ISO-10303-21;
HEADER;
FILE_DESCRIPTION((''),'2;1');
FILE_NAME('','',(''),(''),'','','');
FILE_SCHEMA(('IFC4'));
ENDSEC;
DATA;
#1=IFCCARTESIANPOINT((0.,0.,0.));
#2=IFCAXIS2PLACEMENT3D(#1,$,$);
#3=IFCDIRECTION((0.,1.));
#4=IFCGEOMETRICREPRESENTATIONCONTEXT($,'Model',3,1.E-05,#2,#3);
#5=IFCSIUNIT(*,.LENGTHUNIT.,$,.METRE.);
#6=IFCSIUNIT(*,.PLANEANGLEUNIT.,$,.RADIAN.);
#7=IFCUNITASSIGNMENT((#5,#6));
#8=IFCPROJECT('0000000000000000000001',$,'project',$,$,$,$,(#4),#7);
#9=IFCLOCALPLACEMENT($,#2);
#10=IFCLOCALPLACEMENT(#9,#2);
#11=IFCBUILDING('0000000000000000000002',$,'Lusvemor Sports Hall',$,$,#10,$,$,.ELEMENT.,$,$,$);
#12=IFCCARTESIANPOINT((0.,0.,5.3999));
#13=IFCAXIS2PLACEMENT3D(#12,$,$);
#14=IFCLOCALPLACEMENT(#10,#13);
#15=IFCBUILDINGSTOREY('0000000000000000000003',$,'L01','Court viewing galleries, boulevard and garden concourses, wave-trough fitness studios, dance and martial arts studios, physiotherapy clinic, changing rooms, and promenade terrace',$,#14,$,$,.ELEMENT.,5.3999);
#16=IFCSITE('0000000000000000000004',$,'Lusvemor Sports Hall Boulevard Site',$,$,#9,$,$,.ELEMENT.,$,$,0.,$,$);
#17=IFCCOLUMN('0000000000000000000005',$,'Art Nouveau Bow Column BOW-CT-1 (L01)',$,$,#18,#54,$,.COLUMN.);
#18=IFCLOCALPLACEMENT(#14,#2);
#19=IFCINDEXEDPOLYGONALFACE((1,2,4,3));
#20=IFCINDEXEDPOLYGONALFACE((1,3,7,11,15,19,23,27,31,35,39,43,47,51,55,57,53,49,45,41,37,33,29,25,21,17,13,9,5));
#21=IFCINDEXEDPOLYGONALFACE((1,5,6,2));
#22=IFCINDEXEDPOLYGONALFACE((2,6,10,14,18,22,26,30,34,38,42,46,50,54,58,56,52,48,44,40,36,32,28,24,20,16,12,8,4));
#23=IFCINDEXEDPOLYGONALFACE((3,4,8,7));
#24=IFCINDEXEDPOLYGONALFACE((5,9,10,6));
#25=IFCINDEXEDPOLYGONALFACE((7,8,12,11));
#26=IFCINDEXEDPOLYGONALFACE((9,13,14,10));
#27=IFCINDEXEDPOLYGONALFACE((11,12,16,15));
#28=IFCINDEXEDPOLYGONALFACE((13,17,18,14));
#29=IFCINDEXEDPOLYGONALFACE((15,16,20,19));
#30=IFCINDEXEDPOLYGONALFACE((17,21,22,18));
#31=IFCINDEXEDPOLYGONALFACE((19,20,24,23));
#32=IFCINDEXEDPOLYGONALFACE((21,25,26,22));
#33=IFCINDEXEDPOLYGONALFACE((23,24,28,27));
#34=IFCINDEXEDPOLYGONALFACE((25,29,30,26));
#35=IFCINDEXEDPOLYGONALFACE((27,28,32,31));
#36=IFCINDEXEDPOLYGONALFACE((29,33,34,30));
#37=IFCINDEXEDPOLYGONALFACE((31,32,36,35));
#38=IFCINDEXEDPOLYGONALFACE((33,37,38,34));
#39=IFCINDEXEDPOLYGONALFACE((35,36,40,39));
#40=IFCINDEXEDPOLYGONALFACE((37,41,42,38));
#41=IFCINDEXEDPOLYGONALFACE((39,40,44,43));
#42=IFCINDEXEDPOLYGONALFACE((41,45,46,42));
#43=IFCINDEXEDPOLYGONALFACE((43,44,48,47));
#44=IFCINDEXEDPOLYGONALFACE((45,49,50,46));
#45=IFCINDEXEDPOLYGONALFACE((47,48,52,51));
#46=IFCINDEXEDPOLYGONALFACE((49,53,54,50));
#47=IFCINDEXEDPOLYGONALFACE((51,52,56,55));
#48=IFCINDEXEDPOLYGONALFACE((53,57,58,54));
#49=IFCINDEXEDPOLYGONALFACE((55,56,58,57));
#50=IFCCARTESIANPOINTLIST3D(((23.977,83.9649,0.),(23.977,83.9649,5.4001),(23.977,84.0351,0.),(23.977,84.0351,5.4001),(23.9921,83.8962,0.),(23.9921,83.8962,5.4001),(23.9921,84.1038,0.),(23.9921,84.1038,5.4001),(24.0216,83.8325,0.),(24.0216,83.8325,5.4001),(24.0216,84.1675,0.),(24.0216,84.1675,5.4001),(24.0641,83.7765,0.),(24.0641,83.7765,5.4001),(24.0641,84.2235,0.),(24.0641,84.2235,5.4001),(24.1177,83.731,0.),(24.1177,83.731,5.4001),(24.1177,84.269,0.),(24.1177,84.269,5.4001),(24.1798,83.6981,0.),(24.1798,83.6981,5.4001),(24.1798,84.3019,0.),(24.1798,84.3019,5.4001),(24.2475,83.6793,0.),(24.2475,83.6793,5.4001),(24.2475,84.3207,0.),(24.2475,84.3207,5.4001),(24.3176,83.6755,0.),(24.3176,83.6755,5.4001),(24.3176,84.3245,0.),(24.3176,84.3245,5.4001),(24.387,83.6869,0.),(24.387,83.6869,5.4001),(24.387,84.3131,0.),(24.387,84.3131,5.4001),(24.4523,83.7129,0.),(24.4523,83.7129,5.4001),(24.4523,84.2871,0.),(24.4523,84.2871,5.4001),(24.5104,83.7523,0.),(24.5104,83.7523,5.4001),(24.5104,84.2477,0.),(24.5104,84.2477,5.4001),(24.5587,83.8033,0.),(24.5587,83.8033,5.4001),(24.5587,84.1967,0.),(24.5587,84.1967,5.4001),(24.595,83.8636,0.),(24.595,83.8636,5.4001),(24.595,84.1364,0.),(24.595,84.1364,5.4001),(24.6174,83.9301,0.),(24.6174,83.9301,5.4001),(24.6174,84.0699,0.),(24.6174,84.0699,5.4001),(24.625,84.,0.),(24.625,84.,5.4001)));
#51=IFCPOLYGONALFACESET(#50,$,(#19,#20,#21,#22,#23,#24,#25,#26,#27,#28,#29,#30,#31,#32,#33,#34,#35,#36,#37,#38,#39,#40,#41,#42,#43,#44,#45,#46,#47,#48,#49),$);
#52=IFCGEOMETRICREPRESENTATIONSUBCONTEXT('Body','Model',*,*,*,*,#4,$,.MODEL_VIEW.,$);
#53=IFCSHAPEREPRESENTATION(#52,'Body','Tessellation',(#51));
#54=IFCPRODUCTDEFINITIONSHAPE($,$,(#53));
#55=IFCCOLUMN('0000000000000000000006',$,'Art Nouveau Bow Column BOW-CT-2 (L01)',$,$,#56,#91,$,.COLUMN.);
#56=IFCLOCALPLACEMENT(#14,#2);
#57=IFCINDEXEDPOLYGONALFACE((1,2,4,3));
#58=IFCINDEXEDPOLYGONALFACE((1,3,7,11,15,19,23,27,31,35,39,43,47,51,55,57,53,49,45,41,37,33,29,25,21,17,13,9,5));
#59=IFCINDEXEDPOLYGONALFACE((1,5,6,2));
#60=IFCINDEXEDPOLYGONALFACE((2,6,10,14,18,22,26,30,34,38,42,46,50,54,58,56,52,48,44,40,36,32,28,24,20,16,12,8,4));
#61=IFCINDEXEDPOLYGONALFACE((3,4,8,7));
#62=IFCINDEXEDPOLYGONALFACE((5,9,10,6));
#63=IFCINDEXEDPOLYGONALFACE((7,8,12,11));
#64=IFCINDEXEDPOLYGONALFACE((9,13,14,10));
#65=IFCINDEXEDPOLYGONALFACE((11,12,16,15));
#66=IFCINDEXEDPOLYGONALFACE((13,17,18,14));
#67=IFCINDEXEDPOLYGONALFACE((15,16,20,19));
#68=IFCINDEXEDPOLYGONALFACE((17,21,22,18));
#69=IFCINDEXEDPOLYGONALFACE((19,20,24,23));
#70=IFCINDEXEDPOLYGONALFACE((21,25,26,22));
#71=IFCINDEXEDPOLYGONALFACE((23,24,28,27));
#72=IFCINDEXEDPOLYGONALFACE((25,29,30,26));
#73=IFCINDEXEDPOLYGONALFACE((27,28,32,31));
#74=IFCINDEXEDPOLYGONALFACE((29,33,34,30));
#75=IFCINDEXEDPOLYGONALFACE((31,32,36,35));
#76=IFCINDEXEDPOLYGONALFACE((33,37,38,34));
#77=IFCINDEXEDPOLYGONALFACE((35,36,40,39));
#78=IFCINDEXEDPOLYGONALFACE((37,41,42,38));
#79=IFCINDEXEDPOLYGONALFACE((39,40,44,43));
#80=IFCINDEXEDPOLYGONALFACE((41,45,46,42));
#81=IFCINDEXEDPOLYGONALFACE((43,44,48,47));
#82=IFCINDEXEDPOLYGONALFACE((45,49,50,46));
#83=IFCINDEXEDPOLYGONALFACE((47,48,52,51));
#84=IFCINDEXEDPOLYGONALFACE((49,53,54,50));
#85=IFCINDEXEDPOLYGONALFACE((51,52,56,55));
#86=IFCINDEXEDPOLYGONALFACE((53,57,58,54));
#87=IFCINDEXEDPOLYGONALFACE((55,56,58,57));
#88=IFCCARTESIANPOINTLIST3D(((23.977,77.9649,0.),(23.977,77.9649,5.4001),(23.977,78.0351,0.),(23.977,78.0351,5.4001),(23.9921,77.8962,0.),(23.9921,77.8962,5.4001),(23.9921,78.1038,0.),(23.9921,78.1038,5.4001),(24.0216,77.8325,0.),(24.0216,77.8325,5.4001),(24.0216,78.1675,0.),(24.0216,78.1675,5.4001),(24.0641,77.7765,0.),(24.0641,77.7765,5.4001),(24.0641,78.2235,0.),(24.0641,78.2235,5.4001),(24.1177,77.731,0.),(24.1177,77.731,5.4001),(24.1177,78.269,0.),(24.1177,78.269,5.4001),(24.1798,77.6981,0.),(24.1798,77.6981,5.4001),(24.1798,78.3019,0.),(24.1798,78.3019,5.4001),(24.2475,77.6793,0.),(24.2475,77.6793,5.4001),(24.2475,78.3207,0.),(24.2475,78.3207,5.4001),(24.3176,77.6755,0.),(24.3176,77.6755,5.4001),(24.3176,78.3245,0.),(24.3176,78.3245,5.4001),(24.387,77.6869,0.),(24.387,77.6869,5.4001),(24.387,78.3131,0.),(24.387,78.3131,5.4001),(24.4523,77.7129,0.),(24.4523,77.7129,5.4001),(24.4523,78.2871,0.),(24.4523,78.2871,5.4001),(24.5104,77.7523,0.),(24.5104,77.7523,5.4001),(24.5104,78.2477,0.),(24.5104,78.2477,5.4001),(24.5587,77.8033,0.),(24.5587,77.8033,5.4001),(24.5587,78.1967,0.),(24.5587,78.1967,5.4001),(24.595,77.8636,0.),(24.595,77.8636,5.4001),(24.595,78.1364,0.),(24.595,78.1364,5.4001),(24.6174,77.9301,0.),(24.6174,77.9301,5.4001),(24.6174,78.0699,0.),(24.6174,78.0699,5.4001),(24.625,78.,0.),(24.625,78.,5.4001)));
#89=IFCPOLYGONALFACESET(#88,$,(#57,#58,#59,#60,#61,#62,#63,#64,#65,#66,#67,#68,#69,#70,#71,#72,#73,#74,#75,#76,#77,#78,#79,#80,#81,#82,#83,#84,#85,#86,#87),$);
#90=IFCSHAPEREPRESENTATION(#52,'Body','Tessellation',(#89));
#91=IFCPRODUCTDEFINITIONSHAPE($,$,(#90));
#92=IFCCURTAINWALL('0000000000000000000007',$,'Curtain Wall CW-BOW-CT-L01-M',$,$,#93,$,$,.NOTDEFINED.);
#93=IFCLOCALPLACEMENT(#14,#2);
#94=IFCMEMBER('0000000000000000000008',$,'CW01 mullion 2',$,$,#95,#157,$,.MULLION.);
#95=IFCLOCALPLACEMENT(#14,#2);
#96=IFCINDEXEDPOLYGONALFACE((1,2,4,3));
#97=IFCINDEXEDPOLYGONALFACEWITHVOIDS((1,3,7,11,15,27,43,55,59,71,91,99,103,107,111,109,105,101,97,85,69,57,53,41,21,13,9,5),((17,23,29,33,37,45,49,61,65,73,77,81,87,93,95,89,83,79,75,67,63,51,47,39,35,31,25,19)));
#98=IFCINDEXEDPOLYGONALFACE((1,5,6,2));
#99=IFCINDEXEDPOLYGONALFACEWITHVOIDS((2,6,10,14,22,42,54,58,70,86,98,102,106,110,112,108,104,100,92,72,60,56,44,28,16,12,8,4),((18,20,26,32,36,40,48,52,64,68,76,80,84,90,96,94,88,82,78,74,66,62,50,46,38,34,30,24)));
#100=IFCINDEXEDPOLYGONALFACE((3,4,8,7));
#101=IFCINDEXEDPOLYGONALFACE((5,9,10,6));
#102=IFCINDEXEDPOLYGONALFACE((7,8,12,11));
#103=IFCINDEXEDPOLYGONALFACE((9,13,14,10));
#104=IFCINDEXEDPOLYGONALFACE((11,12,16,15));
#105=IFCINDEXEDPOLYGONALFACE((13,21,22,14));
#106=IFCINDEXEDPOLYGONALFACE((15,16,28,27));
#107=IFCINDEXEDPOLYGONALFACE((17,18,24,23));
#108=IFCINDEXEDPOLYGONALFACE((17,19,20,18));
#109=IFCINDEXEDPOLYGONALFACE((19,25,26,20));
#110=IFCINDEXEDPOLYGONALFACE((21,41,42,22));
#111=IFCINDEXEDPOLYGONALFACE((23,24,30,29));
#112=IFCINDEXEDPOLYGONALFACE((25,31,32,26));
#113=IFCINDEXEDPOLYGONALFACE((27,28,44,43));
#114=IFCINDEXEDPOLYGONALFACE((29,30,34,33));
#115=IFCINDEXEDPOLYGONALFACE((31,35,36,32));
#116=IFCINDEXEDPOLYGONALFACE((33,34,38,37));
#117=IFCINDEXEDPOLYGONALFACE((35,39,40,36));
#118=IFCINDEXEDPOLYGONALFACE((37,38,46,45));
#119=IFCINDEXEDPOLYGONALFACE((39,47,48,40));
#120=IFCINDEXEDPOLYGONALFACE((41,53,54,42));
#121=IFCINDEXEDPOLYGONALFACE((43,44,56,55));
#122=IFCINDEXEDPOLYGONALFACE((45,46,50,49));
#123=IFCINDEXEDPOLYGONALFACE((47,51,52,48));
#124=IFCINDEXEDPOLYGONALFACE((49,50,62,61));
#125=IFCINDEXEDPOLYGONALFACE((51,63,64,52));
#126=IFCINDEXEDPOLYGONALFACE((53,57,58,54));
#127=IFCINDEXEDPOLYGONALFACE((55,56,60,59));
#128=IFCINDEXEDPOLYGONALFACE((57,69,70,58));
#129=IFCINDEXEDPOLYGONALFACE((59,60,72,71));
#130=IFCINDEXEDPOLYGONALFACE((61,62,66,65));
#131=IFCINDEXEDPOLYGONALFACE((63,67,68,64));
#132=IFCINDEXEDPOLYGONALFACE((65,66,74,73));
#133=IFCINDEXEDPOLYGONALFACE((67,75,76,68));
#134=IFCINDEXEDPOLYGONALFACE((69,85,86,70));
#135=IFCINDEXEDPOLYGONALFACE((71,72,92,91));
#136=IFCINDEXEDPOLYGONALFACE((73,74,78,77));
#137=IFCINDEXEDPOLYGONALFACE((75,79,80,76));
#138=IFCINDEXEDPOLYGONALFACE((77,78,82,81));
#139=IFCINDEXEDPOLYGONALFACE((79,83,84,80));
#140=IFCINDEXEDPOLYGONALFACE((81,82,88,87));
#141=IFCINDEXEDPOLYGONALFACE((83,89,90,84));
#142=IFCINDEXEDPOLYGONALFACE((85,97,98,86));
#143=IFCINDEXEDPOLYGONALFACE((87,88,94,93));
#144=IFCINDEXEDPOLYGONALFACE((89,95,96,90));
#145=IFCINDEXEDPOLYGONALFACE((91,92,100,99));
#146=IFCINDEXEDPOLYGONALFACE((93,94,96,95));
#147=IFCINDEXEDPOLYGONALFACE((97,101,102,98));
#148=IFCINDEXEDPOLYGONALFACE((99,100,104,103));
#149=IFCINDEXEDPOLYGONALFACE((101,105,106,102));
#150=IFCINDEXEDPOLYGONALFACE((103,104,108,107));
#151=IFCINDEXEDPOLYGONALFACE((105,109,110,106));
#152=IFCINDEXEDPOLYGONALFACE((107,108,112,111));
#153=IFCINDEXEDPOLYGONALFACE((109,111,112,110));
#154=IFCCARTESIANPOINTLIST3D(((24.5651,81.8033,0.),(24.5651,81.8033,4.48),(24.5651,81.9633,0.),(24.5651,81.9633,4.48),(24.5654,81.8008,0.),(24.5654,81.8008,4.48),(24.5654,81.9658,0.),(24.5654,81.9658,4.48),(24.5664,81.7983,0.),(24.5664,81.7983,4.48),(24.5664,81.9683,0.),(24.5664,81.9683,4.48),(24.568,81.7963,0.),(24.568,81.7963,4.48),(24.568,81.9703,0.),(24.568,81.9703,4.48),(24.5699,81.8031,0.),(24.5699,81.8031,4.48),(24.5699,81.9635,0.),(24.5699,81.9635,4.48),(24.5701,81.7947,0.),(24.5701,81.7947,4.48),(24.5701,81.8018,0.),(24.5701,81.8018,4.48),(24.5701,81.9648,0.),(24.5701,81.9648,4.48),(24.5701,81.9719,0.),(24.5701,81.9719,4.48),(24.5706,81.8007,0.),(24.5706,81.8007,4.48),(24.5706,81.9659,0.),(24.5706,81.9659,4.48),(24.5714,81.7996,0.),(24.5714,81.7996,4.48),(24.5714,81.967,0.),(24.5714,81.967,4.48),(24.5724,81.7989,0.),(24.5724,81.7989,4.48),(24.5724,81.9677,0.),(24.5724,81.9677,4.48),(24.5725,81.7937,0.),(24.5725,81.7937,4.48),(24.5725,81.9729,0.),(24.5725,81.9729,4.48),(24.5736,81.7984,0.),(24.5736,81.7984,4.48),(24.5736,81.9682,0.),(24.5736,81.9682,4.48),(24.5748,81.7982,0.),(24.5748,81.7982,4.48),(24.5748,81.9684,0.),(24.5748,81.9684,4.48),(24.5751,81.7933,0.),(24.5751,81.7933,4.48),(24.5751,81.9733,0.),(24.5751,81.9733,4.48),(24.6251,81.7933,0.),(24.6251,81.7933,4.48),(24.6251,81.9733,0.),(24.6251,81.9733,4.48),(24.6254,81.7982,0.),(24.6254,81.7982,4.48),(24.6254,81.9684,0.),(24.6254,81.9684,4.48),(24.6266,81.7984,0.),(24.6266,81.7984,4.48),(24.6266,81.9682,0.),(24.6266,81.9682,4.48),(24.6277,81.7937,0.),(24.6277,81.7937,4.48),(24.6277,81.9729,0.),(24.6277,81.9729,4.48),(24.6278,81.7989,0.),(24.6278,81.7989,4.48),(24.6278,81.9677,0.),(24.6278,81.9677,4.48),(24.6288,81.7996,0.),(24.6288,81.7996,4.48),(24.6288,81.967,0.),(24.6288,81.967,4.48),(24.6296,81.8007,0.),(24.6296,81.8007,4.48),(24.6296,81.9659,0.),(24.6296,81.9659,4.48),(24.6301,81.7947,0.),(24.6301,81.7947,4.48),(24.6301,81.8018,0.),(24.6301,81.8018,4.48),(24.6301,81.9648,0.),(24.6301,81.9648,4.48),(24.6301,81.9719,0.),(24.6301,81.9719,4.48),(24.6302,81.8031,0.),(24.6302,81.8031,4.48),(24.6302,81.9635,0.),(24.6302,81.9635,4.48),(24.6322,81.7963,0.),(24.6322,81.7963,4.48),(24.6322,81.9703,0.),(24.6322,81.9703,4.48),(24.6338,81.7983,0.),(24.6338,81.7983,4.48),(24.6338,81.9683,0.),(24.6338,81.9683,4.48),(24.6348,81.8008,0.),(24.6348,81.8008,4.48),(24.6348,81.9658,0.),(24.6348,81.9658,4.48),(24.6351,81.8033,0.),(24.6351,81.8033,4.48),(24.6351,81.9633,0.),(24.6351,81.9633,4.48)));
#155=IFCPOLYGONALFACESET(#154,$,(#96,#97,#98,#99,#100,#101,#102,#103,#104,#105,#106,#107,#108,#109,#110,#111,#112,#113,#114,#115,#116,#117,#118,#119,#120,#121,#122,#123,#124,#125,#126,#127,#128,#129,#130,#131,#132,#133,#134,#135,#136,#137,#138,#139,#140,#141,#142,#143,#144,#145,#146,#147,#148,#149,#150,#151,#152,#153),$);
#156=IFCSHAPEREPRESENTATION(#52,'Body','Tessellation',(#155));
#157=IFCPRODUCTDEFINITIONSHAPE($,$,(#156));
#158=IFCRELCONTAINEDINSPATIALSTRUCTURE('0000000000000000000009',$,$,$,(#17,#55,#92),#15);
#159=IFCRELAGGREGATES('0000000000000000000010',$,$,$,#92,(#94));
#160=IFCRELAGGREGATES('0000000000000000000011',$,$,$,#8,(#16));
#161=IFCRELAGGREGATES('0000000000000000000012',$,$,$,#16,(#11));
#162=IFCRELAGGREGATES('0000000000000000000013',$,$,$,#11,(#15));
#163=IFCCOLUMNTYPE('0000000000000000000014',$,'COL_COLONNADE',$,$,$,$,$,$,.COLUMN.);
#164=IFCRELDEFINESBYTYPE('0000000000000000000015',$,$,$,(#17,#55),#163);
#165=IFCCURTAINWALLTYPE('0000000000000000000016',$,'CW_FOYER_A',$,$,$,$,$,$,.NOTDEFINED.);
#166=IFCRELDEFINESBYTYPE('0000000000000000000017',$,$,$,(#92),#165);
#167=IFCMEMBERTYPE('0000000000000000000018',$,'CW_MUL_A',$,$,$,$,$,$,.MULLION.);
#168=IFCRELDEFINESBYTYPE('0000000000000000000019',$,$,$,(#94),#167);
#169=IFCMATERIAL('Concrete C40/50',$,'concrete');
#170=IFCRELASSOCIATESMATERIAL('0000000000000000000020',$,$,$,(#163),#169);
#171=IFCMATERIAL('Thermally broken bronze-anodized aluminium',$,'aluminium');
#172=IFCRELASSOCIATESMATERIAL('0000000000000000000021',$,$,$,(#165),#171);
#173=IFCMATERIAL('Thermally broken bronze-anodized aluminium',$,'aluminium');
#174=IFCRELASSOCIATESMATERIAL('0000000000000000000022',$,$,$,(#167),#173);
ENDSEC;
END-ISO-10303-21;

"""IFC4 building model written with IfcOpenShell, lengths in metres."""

from ifc_helpers import new_model, si_unit, direction, frame, origin, origin_2d, place, context, subcontext, project, spatial, hollow_rectangle, circle, extrude, material, material_profile, profile_set, type_object, element, aggregate, save


model = new_model("IFC4")

# Units and contexts
model_context = context("Model", 3, precision=1e-05, world=origin(), true_north=direction((0.0, 1.0)))
body_context = subcontext(model_context, "Body", "Model", "MODEL_VIEW")
ifc_project = project(units=[si_unit("LENGTHUNIT", "METRE"), si_unit("PLANEANGLEUNIT", "RADIAN")], contexts=[model_context])

# Site, building, storey
site_placement = place(None, origin())
site = spatial("IfcSite", under=ifc_project, at=site_placement, Name="Lusvemor Sports Hall Boulevard Site", CompositionType="ELEMENT", RefElevation=0.0)
building_placement = place(site_placement, origin())
building = spatial("IfcBuilding", under=site, at=building_placement, Name="Lusvemor Sports Hall", CompositionType="ELEMENT")
storey_placement = place(building_placement, frame((0.0, 0.0, 5.3999)))
storey = spatial("IfcBuildingStorey", under=building, at=storey_placement, Name="L01", Description="Court viewing galleries, boulevard and garden concourses, wave-trough fitness studios, dance and martial arts studios, physiotherapy clinic, changing rooms, and promenade terrace", CompositionType="ELEMENT", Elevation=5.3999)

# Columns
ifc_material_1 = material(Name="Concrete C40/50", Category="concrete")
ifc_material_profile_1 = material_profile(ifc_material_1, circle(Radius=0.325, at=origin_2d()), Name="RCCIRC650")
ifc_profile_set_1 = profile_set([ifc_material_profile_1], Name="Concrete C40/50")
column_type = type_object("IfcColumnType", Name="COL_COLONNADE", PredefinedType="COLUMN", material=ifc_profile_set_1)
for number, where, z_axis, x_axis, name in (
    (1, (24.3, 84.0, 0.0), (0.0, 0.0, 1.0), (1.0, 0.0, 0.0), "Art Nouveau Bow Column BOW-CT-1 (L01)"),
    (2, (24.3, 78.0, 0.0), (0.0, 0.0, 1.0), (1.0, 0.0, 0.0), "Art Nouveau Bow Column BOW-CT-2 (L01)"),
):
    element("IfcColumn", number, at=place(storey_placement, frame(where, z_axis=z_axis, x_axis=x_axis)), inside=storey, type_object=column_type, Name=name, PredefinedType="COLUMN", context=body_context, shape_type="SweptSolid", body=[
        extrude(circle(Radius=0.325, at=origin_2d()), origin(), (0.0, 0.0, 1.0), 5.4001),
    ])

# Curtain wall, member
ifc_material_2 = material(Name="Thermally broken bronze-anodized aluminium", Category="aluminium")
curtain_wall_type = type_object("IfcCurtainWallType", Name="CW_FOYER_A", PredefinedType="NOTDEFINED", material=ifc_material_2)
curtain_wall_placement = place(storey_placement, origin())
curtain_wall = element("IfcCurtainWall", 3, at=curtain_wall_placement, inside=storey, type_object=curtain_wall_type, Name="Curtain Wall CW-BOW-CT-L01-M", PredefinedType="NOTDEFINED")
ifc_material_3 = material(Name="Thermally broken bronze-anodized aluminium", Category="aluminium")
ifc_material_profile_2 = material_profile(ifc_material_3, hollow_rectangle(XDim=0.0701, YDim=0.1799, WallThickness=0.0049, InnerFilletRadius=0.0049, OuterFilletRadius=0.01, at=origin_2d()), Name="CWMUL180x70x5")
ifc_profile_set_2 = profile_set([ifc_material_profile_2], Name="Thermally broken bronze-anodized aluminium")
member_type_1 = type_object("IfcMemberType", Name="CW_MUL_A", PredefinedType="MULLION", material=ifc_profile_set_2)
member_1_placement = place(storey_placement, frame((24.6001, 81.8833, 0.0), z_axis=(0.0, 0.0, 1.0), x_axis=(1.0, 0.0, 0.0)))
member_1 = element("IfcMember", 4, at=member_1_placement, type_object=member_type_1, Name="CW01 mullion 2", PredefinedType="MULLION", context=body_context, shape_type="SweptSolid", body=[
    extrude(hollow_rectangle(XDim=0.0701, YDim=0.1799, WallThickness=0.0049, InnerFilletRadius=0.0049, OuterFilletRadius=0.01, at=origin_2d()), origin(), (0.0, 0.0, 1.0), 4.48),
])

aggregate(curtain_wall, [member_1])

save(model, "model.ifc")
